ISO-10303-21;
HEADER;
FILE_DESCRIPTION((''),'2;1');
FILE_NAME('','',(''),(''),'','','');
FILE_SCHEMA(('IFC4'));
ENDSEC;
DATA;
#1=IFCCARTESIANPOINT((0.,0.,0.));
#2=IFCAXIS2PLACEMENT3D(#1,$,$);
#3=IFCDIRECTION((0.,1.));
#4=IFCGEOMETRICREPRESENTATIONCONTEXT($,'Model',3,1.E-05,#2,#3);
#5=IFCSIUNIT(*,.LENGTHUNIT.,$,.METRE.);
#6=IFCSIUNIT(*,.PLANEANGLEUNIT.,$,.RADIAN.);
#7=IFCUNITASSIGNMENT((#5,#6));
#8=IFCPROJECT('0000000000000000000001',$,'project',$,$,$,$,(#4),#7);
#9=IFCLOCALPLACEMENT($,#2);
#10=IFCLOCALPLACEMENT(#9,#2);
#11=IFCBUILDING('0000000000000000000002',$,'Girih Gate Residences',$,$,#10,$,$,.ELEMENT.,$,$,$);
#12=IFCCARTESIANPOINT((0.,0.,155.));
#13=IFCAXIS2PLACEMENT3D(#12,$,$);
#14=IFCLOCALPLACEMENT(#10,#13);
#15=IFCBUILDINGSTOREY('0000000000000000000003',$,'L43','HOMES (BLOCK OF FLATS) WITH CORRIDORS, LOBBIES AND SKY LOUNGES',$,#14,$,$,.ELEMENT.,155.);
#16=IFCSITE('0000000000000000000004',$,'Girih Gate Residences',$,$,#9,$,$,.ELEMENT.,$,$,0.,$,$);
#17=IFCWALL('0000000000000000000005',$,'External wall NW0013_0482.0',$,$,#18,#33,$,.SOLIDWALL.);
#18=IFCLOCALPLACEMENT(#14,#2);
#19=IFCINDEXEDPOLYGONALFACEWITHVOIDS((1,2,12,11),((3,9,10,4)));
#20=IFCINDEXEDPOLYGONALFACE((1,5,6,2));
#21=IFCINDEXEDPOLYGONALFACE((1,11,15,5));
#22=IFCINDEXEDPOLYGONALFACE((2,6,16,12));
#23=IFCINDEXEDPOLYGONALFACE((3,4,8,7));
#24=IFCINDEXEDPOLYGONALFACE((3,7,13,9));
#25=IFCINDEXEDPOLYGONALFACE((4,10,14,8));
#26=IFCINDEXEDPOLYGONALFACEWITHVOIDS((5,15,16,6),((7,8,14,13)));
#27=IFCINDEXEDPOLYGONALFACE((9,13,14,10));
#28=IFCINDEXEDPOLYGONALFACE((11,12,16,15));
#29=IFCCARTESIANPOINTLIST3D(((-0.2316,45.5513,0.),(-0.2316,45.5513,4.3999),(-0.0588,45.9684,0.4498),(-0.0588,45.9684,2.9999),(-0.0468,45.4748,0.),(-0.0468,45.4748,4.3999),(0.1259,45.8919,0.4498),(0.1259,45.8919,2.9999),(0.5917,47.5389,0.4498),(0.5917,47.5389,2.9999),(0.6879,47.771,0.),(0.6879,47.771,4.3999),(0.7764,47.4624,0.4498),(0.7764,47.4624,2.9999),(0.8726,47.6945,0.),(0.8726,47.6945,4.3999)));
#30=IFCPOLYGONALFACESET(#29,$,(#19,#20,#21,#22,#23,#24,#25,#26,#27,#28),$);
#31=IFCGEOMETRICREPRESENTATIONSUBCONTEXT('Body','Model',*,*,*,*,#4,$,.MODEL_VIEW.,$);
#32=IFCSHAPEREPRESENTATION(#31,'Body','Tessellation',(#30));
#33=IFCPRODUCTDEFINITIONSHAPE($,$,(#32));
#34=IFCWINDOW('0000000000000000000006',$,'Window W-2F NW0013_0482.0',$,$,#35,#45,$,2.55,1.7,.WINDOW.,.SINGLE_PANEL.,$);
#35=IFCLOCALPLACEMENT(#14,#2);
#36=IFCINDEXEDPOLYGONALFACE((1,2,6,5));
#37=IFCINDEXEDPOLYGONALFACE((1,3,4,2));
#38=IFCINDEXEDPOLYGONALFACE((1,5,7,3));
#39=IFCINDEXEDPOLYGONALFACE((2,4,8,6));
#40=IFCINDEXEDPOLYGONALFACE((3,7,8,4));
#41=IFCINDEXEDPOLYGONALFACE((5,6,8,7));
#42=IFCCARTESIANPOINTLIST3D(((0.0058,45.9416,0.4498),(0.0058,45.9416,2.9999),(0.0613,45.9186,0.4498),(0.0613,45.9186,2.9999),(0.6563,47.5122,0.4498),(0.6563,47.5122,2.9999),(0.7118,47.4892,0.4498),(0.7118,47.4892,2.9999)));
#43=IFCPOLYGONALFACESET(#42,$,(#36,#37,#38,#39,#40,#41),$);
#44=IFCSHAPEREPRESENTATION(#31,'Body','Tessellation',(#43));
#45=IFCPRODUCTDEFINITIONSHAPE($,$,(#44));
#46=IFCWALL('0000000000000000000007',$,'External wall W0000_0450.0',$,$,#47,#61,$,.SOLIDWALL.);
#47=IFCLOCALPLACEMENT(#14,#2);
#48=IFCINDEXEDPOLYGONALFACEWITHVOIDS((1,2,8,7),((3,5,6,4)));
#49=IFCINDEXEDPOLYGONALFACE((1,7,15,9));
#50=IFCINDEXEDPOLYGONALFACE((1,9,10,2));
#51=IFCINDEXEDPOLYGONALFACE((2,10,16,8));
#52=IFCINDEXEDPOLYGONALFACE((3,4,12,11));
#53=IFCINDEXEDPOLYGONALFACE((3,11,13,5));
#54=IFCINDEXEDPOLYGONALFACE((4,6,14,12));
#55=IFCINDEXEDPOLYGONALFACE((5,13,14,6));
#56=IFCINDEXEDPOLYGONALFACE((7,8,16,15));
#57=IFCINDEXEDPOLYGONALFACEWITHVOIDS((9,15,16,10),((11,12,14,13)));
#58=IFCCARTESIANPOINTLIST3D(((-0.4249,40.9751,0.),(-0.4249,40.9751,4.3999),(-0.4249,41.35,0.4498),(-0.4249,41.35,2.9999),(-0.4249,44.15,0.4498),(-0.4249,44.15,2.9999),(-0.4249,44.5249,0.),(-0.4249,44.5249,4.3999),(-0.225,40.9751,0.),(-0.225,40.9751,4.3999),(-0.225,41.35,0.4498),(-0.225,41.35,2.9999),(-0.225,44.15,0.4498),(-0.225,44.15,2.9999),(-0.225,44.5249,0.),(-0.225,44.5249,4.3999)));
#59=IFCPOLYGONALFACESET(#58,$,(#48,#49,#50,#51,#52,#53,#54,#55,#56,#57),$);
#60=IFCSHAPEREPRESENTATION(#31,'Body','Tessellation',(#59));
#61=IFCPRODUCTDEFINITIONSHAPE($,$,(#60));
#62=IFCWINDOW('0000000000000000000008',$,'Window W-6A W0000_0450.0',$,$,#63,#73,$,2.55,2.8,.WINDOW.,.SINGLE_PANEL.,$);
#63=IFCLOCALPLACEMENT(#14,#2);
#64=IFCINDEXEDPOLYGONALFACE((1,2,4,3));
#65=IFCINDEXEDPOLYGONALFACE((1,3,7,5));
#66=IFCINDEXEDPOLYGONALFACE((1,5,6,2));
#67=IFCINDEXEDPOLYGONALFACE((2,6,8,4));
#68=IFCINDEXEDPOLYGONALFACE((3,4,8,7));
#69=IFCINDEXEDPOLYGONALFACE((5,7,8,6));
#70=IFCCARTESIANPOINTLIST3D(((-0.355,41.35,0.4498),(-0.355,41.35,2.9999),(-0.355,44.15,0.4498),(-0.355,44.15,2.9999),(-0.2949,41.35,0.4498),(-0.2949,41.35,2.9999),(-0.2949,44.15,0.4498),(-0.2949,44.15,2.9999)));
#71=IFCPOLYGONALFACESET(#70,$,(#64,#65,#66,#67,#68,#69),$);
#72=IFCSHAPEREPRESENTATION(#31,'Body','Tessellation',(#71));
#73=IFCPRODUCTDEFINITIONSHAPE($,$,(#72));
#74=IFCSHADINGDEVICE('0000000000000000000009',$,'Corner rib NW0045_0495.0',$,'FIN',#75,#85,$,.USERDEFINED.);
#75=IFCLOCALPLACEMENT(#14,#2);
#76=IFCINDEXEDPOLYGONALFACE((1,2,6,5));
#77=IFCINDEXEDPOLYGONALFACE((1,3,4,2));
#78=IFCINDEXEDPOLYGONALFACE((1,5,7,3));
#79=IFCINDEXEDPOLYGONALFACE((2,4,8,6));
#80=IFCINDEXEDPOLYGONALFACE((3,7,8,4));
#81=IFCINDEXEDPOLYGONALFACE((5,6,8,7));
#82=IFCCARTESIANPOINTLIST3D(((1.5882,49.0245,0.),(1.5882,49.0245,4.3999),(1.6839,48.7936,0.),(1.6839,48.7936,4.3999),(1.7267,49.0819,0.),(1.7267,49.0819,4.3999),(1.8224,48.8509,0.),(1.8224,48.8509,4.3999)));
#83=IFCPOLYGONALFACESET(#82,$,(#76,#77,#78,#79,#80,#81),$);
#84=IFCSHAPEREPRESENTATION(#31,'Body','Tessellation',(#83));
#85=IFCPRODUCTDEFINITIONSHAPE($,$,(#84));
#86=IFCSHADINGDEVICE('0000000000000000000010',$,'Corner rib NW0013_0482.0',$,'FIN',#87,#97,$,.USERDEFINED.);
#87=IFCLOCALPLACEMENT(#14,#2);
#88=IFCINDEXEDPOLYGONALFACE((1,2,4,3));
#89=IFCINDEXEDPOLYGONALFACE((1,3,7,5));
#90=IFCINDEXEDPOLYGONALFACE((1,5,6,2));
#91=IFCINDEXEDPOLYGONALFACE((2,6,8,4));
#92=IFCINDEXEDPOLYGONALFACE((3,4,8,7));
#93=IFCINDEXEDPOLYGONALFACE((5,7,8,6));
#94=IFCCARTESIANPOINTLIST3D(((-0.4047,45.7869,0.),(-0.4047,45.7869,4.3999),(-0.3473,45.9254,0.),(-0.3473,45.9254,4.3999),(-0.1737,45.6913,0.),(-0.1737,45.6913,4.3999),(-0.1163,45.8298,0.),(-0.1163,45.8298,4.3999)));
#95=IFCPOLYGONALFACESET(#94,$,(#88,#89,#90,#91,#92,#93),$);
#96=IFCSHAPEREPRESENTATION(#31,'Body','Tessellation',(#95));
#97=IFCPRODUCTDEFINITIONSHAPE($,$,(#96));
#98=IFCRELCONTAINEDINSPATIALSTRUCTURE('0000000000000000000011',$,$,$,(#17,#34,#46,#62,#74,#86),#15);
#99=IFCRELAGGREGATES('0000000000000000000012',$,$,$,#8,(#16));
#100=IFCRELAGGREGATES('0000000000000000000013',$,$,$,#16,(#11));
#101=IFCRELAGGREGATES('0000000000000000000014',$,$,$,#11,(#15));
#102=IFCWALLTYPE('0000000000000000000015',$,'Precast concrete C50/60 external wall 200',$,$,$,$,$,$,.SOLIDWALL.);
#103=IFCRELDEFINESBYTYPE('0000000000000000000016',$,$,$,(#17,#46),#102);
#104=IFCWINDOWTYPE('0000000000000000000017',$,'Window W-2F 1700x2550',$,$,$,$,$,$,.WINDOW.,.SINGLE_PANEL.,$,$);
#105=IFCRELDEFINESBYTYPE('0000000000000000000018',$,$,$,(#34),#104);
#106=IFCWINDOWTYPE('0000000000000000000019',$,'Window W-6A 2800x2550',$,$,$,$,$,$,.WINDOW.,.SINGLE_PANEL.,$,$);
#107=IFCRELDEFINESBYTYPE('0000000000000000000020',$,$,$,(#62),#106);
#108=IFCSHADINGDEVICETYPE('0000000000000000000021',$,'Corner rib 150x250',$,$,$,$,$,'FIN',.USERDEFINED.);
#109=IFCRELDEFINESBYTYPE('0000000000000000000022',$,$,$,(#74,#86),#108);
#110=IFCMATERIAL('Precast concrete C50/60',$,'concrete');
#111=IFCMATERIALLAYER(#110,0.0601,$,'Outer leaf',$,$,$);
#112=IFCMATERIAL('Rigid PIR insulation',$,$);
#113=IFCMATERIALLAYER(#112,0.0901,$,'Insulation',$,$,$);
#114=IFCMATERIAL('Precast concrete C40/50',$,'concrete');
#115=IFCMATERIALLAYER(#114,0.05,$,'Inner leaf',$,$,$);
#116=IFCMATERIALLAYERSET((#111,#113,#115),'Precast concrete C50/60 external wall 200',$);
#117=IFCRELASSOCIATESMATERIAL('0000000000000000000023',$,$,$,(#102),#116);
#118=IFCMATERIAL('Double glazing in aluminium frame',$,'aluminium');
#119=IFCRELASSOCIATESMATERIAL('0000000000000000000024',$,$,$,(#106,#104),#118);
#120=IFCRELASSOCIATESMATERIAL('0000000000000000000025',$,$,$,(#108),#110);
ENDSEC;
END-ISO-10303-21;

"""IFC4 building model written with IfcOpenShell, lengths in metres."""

from ifc_helpers import new_model, si_unit, direction, frame, frame_2d, origin, origin_2d, place, context, subcontext, project, spatial, rectangle, extrude, material, layer, layer_set, type_object, element, fill, save


model = new_model("IFC4")

# Units and contexts
model_context = context("Model", 3, precision=1e-05, world=origin(), true_north=direction((0.0, 1.0)))
body_context = subcontext(model_context, "Body", "Model", "MODEL_VIEW")
ifc_project = project(units=[si_unit("LENGTHUNIT", "METRE"), si_unit("PLANEANGLEUNIT", "RADIAN")], contexts=[model_context])

# Site, building, storey
site_placement = place(None, origin())
site = spatial("IfcSite", under=ifc_project, at=site_placement, Name="Girih Gate Residences", CompositionType="ELEMENT", RefElevation=0.0)
building_placement = place(site_placement, origin())
building = spatial("IfcBuilding", under=site, at=building_placement, Name="Girih Gate Residences", CompositionType="ELEMENT")
storey_placement = place(building_placement, frame((0.0, 0.0, 155.0)))
storey = spatial("IfcBuildingStorey", under=building, at=storey_placement, Name="L43", Description="HOMES (BLOCK OF FLATS) WITH CORRIDORS, LOBBIES AND SKY LOUNGES", CompositionType="ELEMENT", Elevation=155.0)

# Walls, openings, windows
ifc_material_1 = material(Name="Precast concrete C50/60", Category="concrete")
ifc_layer_1 = layer(ifc_material_1, 0.0601, Name="Outer leaf")
ifc_material_2 = material(Name="Rigid PIR insulation")
ifc_layer_2 = layer(ifc_material_2, 0.0901, Name="Insulation")
ifc_material_3 = material(Name="Precast concrete C40/50", Category="concrete")
ifc_layer_3 = layer(ifc_material_3, 0.05, Name="Inner leaf")
ifc_layer_set_1 = layer_set([ifc_layer_1, ifc_layer_2, ifc_layer_3], Name="Precast concrete C50/60 external wall 200")
wall_type_1 = type_object("IfcWallType", Name="Precast concrete C50/60 external wall 200", PredefinedType="SOLIDWALL", material=ifc_layer_set_1)
ifc_material_4 = material(Name="Double glazing in aluminium frame", Category="aluminium")
window_type_1 = type_object("IfcWindowType", Name="Window W-6A 2800x2550", PartitioningType="SINGLE_PANEL", PredefinedType="WINDOW", material=ifc_material_4)
window_type_2 = type_object("IfcWindowType", Name="Window W-2F 1700x2550", PartitioningType="SINGLE_PANEL", PredefinedType="WINDOW", material=ifc_material_4)
wall_1_placement = place(storey_placement, frame((-0.1392, 45.5132, 0.0), z_axis=(0.0, 0.0, 1.0), x_axis=(0.382681, 0.923881, 0.0)))
wall_1 = element("IfcWall", 1, at=wall_1_placement, inside=storey, type_object=wall_type_1, Name="External wall NW0013_0482.0", PredefinedType="SOLIDWALL", context=body_context, shape_type="SweptSolid", body=[
    extrude(rectangle(XDim=2.4026, YDim=0.2, at=frame_2d((1.2012, 0.0))), origin(), (0.0, 0.0, 1.0), 4.3999),
])
opening_1_placement = place(wall_1_placement, frame((0.4512, 0.0, 0.45)))
opening_1 = element("IfcOpeningElement", 2, at=opening_1_placement, cuts=wall_1, PredefinedType="OPENING", context=body_context, shape_type="SweptSolid", body=[
    extrude(rectangle(XDim=1.7, YDim=2.55, at=frame_2d((0.8501, 1.2749))), frame((0.0, 0.1099, 0.0), z_axis=(0.0, -1.0, 0.0), x_axis=(1.0, 0.0, 0.0)), (0.0, 0.0, 1.0), 0.22),
])
window_1_placement = place(opening_1_placement, origin())
window_1 = element("IfcWindow", 3, at=window_1_placement, inside=storey, type_object=window_type_2, Name="Window W-2F NW0013_0482.0", OverallHeight=2.55, OverallWidth=1.7, PartitioningType="SINGLE_PANEL", PredefinedType="WINDOW", context=body_context, shape_type="SweptSolid", body=[
    extrude(rectangle(XDim=1.7, YDim=2.55, at=frame_2d((0.8501, 1.2749))), frame((0.0, 0.03, 0.0), z_axis=(0.0, -1.0, 0.0), x_axis=(1.0, 0.0, 0.0)), (0.0, 0.0, 1.0), 0.0601),
])
fill(opening_1, window_1)
wall_2_placement = place(storey_placement, frame((-0.325, 40.9751, 0.0), z_axis=(0.0, 0.0, 1.0), x_axis=(0.0, 1.0, 0.0)))
wall_2 = element("IfcWall", 4, at=wall_2_placement, inside=storey, type_object=wall_type_1, Name="External wall W0000_0450.0", PredefinedType="SOLIDWALL", context=body_context, shape_type="SweptSolid", body=[
    extrude(rectangle(XDim=3.5498, YDim=0.2, at=frame_2d((1.7749, 0.0))), origin(), (0.0, 0.0, 1.0), 4.3999),
])
opening_2_placement = place(wall_2_placement, frame((0.375, 0.0, 0.45)))
opening_2 = element("IfcOpeningElement", 5, at=opening_2_placement, cuts=wall_2, PredefinedType="OPENING", context=body_context, shape_type="SweptSolid", body=[
    extrude(rectangle(XDim=2.8, YDim=2.55, at=frame_2d((1.3999, 1.2749))), frame((0.0, 0.1099, 0.0), z_axis=(0.0, -1.0, 0.0), x_axis=(1.0, 0.0, 0.0)), (0.0, 0.0, 1.0), 0.22),
])
window_2_placement = place(opening_2_placement, origin())
window_2 = element("IfcWindow", 6, at=window_2_placement, inside=storey, type_object=window_type_1, Name="Window W-6A W0000_0450.0", OverallHeight=2.55, OverallWidth=2.8, PartitioningType="SINGLE_PANEL", PredefinedType="WINDOW", context=body_context, shape_type="SweptSolid", body=[
    extrude(rectangle(XDim=2.8, YDim=2.55, at=frame_2d((1.3999, 1.2749))), frame((0.0, 0.03, 0.0), z_axis=(0.0, -1.0, 0.0), x_axis=(1.0, 0.0, 0.0)), (0.0, 0.0, 1.0), 0.0601),
])
fill(opening_2, window_2)

# Shading devices
shading_device_type = type_object("IfcShadingDeviceType", Name="Corner rib 150x250", ElementType="FIN", PredefinedType="USERDEFINED", material=ifc_material_1)
for number, where, z_axis, x_axis, name in (
    (7, (1.7053, 48.9377, 0.0), (0.0, 0.0, 1.0), (-0.92388, -0.382683, 0.0), "Corner rib NW0045_0495.0"),
    (8, (-0.2605, 45.8083, 0.0), (0.0, 0.0, 1.0), (-0.382683, -0.92388, 0.0), "Corner rib NW0013_0482.0"),
):
    element("IfcShadingDevice", number, at=place(storey_placement, frame(where, z_axis=z_axis, x_axis=x_axis)), inside=storey, type_object=shading_device_type, Name=name, ObjectType="FIN", PredefinedType="USERDEFINED", context=body_context, shape_type="SweptSolid", body=[
        extrude(rectangle(XDim=0.1499, YDim=0.25, at=origin_2d()), origin(), (0.0, 0.0, 1.0), 4.3999),
    ])

save(model, "model.ifc")
